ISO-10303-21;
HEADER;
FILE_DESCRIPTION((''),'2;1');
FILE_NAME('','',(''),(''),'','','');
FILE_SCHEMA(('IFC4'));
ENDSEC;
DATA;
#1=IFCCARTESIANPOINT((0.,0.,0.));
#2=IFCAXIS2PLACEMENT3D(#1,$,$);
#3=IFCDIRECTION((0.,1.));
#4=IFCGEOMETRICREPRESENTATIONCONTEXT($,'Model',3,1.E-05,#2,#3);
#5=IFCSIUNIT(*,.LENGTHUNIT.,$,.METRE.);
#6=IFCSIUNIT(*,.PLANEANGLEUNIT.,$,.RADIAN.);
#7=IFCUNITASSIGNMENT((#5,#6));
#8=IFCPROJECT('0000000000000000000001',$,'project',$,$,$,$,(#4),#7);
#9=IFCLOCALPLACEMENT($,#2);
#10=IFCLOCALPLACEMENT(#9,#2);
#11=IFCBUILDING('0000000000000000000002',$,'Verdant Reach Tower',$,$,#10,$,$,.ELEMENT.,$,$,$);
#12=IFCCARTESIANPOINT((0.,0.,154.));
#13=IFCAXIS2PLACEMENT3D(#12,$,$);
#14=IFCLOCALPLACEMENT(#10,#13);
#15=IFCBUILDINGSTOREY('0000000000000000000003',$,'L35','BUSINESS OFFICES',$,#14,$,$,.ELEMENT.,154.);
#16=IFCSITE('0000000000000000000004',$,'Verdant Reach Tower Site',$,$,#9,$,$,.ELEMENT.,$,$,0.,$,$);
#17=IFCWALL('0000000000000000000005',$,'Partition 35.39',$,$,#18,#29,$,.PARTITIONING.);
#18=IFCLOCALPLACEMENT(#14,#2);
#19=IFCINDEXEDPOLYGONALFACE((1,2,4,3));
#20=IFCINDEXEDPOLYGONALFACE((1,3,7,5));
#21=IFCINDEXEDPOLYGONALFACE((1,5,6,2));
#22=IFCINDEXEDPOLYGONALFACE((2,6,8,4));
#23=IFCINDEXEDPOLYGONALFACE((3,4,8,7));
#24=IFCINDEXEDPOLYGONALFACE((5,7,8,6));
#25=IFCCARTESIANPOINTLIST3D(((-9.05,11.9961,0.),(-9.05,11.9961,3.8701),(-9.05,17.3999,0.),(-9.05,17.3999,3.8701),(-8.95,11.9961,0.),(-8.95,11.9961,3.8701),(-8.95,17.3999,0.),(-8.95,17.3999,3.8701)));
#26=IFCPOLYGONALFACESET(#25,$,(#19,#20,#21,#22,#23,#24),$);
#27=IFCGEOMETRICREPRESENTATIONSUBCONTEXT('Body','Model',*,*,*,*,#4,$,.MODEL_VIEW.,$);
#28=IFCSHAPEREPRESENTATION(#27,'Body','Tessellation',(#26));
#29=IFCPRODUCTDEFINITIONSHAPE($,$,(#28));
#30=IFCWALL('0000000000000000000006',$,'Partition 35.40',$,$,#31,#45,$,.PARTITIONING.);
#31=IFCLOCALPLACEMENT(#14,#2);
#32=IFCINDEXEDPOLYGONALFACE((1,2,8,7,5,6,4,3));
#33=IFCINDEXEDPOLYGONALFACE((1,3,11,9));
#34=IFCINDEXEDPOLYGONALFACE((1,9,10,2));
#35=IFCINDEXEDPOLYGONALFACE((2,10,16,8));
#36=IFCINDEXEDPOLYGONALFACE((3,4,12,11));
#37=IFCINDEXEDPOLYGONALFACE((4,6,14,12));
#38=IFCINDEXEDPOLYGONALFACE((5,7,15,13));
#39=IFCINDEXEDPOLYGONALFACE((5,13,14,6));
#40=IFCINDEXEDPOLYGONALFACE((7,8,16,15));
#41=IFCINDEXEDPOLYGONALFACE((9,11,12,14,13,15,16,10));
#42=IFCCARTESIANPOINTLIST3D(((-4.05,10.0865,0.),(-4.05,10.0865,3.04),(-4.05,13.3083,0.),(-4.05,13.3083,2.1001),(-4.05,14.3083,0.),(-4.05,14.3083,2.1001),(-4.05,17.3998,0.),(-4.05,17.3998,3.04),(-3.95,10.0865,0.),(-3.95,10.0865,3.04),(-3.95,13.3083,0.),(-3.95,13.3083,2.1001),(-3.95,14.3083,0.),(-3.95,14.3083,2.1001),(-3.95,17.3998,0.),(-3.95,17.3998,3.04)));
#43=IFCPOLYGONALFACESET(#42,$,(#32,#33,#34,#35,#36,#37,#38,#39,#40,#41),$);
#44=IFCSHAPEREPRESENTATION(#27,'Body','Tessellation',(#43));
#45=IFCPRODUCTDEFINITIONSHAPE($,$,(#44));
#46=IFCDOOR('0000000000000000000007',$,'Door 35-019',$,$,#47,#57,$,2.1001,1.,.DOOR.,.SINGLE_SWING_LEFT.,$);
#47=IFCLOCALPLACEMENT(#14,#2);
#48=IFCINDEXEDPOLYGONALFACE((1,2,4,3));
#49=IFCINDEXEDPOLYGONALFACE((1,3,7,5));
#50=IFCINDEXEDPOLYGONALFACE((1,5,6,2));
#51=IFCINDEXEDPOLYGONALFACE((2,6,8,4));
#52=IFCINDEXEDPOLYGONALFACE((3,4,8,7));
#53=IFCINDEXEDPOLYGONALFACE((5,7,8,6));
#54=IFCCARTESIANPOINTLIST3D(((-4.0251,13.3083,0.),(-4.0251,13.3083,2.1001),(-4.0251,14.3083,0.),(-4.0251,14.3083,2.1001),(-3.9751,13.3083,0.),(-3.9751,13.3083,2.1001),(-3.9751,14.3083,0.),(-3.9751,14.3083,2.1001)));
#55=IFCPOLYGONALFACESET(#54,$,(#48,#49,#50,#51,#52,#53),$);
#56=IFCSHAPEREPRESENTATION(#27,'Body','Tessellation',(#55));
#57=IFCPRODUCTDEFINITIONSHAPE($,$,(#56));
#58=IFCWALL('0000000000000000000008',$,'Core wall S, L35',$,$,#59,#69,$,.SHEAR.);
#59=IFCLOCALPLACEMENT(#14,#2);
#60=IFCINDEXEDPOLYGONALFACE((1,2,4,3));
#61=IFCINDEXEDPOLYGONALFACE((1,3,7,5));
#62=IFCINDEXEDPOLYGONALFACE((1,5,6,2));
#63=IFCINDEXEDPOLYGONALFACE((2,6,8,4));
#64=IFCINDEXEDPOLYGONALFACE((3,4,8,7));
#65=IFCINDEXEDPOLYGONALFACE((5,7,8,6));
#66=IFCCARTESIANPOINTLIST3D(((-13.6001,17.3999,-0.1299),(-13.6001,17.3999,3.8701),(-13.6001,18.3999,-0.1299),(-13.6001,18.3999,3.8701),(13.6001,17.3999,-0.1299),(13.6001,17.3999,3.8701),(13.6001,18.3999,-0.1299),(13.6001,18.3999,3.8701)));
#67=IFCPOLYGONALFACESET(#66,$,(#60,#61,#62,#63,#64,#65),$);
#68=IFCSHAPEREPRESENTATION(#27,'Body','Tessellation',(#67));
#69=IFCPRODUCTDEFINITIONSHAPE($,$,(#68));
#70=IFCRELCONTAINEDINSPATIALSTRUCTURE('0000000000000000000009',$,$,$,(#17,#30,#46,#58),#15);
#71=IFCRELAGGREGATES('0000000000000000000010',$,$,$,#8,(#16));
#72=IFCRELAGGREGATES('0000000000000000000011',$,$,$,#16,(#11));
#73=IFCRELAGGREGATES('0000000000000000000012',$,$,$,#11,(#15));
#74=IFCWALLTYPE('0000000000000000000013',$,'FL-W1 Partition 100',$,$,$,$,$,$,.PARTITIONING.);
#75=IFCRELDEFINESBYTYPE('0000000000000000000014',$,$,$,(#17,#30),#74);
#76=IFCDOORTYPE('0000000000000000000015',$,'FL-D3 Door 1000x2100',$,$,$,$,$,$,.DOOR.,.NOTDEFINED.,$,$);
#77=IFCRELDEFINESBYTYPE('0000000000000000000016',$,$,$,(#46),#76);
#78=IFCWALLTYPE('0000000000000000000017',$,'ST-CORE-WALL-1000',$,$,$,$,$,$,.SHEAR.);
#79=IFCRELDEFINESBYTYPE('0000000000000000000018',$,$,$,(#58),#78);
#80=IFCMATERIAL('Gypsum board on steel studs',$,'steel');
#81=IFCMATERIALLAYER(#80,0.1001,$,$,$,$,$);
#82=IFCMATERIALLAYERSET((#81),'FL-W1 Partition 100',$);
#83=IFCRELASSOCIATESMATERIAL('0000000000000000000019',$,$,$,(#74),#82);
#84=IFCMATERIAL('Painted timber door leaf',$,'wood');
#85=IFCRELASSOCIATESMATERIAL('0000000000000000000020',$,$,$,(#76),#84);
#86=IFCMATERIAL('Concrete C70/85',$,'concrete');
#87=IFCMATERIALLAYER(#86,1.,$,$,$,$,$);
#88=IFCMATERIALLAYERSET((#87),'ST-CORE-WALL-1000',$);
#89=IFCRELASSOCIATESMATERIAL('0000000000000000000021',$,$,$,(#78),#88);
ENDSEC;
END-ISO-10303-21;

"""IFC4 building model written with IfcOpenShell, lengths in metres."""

from ifc_helpers import new_model, si_unit, direction, frame, frame_2d, origin, place, context, subcontext, project, spatial, rectangle, extrude, material, layer, layer_set, type_object, element, fill, save


model = new_model("IFC4")

# Units and contexts
model_context = context("Model", 3, precision=1e-05, world=origin(), true_north=direction((0.0, 1.0)))
body_context = subcontext(model_context, "Body", "Model", "MODEL_VIEW")
ifc_project = project(units=[si_unit("LENGTHUNIT", "METRE"), si_unit("PLANEANGLEUNIT", "RADIAN")], contexts=[model_context])

# Site, building, storey
site_placement = place(None, origin())
site = spatial("IfcSite", under=ifc_project, at=site_placement, Name="Verdant Reach Tower Site", CompositionType="ELEMENT", RefElevation=0.0)
building_placement = place(site_placement, origin())
building = spatial("IfcBuilding", under=site, at=building_placement, Name="Verdant Reach Tower", CompositionType="ELEMENT")
storey_placement = place(building_placement, frame((0.0, 0.0, 154.0)))
storey = spatial("IfcBuildingStorey", under=building, at=storey_placement, Name="L35", Description="BUSINESS OFFICES", CompositionType="ELEMENT", Elevation=154.0)

# Shared definitions
ifc_material_1 = material(Name="Gypsum board on steel studs", Category="steel")
ifc_layer_1 = layer(ifc_material_1, 0.1001)
ifc_layer_set_1 = layer_set([ifc_layer_1], Name="FL-W1 Partition 100")
wall_type_1 = type_object("IfcWallType", Name="FL-W1 Partition 100", PredefinedType="PARTITIONING", material=ifc_layer_set_1)
ifc_material_2 = material(Name="Painted timber door leaf", Category="wood")
door_type = type_object("IfcDoorType", Name="FL-D3 Door 1000x2100", OperationType="NOTDEFINED", PredefinedType="DOOR", material=ifc_material_2)

# Wall
wall_1_placement = place(storey_placement, frame((-9.0, 11.9961, 0.0), z_axis=(0.0, 0.0, 1.0), x_axis=(0.0, 1.0, 0.0)))
element("IfcWall", 1, at=wall_1_placement, inside=storey, type_object=wall_type_1, Name="Partition 35.39", PredefinedType="PARTITIONING", context=body_context, shape_type="SweptSolid", body=[
    extrude(rectangle(XDim=5.4038, YDim=0.1001, at=frame_2d((2.7019, 0.0))), origin(), (0.0, 0.0, 1.0), 3.8701),
])

# Wall, opening, door
wall_2_placement = place(storey_placement, frame((-4.0, 17.3999, 0.0), z_axis=(0.0, 0.0, 1.0), x_axis=(0.0, -1.0, 0.0)))
wall_2 = element("IfcWall", 2, at=wall_2_placement, inside=storey, type_object=wall_type_1, Name="Partition 35.40", PredefinedType="PARTITIONING", context=body_context, shape_type="SweptSolid", body=[
    extrude(rectangle(XDim=7.3132, YDim=0.1001, at=frame_2d((3.6567, 0.0))), origin(), (0.0, 0.0, 1.0), 3.04),
])
opening_1_placement = place(wall_2_placement, frame((3.0916, 0.0, 0.0)))
opening_1 = element("IfcOpeningElement", 3, at=opening_1_placement, cuts=wall_2, PredefinedType="OPENING", context=body_context, shape_type="SweptSolid", body=[
    extrude(rectangle(XDim=1.0, YDim=2.1001, at=frame_2d((0.5, 1.05))), frame((0.0, 0.0601, 0.0), z_axis=(0.0, -1.0, 0.0), x_axis=(1.0, 0.0, 0.0)), (0.0, 0.0, 1.0), 0.1201),
])
door_1_placement = place(opening_1_placement, origin())
door_1 = element("IfcDoor", 4, at=door_1_placement, inside=storey, type_object=door_type, Name="Door 35-019", OperationType="SINGLE_SWING_LEFT", OverallHeight=2.1001, OverallWidth=1.0, PredefinedType="DOOR", context=body_context, shape_type="SweptSolid", body=[
    extrude(rectangle(XDim=1.0, YDim=2.1001, at=frame_2d((0.5, 1.05))), frame((0.0, 0.0249, 0.0), z_axis=(0.0, -1.0, 0.0), x_axis=(1.0, 0.0, 0.0)), (0.0, 0.0, 1.0), 0.05),
])
fill(opening_1, door_1)

# Wall
ifc_material_3 = material(Name="Concrete C70/85", Category="concrete")
ifc_layer_2 = layer(ifc_material_3, 1.0)
ifc_layer_set_2 = layer_set([ifc_layer_2], Name="ST-CORE-WALL-1000")
wall_type_2 = type_object("IfcWallType", Name="ST-CORE-WALL-1000", PredefinedType="SHEAR", material=ifc_layer_set_2)
wall_3_placement = place(storey_placement, frame((-13.6001, 17.8999, -0.1299), z_axis=(0.0, 0.0, 1.0), x_axis=(1.0, 0.0, 0.0)))
element("IfcWall", 5, at=wall_3_placement, inside=storey, type_object=wall_type_2, Name="Core wall S, L35", PredefinedType="SHEAR", context=body_context, shape_type="SweptSolid", body=[
    extrude(rectangle(XDim=27.2002, YDim=1.0, at=frame_2d((13.6001, 0.0))), origin(), (0.0, 0.0, 1.0), 4.0),
])

save(model, "model.ifc")
